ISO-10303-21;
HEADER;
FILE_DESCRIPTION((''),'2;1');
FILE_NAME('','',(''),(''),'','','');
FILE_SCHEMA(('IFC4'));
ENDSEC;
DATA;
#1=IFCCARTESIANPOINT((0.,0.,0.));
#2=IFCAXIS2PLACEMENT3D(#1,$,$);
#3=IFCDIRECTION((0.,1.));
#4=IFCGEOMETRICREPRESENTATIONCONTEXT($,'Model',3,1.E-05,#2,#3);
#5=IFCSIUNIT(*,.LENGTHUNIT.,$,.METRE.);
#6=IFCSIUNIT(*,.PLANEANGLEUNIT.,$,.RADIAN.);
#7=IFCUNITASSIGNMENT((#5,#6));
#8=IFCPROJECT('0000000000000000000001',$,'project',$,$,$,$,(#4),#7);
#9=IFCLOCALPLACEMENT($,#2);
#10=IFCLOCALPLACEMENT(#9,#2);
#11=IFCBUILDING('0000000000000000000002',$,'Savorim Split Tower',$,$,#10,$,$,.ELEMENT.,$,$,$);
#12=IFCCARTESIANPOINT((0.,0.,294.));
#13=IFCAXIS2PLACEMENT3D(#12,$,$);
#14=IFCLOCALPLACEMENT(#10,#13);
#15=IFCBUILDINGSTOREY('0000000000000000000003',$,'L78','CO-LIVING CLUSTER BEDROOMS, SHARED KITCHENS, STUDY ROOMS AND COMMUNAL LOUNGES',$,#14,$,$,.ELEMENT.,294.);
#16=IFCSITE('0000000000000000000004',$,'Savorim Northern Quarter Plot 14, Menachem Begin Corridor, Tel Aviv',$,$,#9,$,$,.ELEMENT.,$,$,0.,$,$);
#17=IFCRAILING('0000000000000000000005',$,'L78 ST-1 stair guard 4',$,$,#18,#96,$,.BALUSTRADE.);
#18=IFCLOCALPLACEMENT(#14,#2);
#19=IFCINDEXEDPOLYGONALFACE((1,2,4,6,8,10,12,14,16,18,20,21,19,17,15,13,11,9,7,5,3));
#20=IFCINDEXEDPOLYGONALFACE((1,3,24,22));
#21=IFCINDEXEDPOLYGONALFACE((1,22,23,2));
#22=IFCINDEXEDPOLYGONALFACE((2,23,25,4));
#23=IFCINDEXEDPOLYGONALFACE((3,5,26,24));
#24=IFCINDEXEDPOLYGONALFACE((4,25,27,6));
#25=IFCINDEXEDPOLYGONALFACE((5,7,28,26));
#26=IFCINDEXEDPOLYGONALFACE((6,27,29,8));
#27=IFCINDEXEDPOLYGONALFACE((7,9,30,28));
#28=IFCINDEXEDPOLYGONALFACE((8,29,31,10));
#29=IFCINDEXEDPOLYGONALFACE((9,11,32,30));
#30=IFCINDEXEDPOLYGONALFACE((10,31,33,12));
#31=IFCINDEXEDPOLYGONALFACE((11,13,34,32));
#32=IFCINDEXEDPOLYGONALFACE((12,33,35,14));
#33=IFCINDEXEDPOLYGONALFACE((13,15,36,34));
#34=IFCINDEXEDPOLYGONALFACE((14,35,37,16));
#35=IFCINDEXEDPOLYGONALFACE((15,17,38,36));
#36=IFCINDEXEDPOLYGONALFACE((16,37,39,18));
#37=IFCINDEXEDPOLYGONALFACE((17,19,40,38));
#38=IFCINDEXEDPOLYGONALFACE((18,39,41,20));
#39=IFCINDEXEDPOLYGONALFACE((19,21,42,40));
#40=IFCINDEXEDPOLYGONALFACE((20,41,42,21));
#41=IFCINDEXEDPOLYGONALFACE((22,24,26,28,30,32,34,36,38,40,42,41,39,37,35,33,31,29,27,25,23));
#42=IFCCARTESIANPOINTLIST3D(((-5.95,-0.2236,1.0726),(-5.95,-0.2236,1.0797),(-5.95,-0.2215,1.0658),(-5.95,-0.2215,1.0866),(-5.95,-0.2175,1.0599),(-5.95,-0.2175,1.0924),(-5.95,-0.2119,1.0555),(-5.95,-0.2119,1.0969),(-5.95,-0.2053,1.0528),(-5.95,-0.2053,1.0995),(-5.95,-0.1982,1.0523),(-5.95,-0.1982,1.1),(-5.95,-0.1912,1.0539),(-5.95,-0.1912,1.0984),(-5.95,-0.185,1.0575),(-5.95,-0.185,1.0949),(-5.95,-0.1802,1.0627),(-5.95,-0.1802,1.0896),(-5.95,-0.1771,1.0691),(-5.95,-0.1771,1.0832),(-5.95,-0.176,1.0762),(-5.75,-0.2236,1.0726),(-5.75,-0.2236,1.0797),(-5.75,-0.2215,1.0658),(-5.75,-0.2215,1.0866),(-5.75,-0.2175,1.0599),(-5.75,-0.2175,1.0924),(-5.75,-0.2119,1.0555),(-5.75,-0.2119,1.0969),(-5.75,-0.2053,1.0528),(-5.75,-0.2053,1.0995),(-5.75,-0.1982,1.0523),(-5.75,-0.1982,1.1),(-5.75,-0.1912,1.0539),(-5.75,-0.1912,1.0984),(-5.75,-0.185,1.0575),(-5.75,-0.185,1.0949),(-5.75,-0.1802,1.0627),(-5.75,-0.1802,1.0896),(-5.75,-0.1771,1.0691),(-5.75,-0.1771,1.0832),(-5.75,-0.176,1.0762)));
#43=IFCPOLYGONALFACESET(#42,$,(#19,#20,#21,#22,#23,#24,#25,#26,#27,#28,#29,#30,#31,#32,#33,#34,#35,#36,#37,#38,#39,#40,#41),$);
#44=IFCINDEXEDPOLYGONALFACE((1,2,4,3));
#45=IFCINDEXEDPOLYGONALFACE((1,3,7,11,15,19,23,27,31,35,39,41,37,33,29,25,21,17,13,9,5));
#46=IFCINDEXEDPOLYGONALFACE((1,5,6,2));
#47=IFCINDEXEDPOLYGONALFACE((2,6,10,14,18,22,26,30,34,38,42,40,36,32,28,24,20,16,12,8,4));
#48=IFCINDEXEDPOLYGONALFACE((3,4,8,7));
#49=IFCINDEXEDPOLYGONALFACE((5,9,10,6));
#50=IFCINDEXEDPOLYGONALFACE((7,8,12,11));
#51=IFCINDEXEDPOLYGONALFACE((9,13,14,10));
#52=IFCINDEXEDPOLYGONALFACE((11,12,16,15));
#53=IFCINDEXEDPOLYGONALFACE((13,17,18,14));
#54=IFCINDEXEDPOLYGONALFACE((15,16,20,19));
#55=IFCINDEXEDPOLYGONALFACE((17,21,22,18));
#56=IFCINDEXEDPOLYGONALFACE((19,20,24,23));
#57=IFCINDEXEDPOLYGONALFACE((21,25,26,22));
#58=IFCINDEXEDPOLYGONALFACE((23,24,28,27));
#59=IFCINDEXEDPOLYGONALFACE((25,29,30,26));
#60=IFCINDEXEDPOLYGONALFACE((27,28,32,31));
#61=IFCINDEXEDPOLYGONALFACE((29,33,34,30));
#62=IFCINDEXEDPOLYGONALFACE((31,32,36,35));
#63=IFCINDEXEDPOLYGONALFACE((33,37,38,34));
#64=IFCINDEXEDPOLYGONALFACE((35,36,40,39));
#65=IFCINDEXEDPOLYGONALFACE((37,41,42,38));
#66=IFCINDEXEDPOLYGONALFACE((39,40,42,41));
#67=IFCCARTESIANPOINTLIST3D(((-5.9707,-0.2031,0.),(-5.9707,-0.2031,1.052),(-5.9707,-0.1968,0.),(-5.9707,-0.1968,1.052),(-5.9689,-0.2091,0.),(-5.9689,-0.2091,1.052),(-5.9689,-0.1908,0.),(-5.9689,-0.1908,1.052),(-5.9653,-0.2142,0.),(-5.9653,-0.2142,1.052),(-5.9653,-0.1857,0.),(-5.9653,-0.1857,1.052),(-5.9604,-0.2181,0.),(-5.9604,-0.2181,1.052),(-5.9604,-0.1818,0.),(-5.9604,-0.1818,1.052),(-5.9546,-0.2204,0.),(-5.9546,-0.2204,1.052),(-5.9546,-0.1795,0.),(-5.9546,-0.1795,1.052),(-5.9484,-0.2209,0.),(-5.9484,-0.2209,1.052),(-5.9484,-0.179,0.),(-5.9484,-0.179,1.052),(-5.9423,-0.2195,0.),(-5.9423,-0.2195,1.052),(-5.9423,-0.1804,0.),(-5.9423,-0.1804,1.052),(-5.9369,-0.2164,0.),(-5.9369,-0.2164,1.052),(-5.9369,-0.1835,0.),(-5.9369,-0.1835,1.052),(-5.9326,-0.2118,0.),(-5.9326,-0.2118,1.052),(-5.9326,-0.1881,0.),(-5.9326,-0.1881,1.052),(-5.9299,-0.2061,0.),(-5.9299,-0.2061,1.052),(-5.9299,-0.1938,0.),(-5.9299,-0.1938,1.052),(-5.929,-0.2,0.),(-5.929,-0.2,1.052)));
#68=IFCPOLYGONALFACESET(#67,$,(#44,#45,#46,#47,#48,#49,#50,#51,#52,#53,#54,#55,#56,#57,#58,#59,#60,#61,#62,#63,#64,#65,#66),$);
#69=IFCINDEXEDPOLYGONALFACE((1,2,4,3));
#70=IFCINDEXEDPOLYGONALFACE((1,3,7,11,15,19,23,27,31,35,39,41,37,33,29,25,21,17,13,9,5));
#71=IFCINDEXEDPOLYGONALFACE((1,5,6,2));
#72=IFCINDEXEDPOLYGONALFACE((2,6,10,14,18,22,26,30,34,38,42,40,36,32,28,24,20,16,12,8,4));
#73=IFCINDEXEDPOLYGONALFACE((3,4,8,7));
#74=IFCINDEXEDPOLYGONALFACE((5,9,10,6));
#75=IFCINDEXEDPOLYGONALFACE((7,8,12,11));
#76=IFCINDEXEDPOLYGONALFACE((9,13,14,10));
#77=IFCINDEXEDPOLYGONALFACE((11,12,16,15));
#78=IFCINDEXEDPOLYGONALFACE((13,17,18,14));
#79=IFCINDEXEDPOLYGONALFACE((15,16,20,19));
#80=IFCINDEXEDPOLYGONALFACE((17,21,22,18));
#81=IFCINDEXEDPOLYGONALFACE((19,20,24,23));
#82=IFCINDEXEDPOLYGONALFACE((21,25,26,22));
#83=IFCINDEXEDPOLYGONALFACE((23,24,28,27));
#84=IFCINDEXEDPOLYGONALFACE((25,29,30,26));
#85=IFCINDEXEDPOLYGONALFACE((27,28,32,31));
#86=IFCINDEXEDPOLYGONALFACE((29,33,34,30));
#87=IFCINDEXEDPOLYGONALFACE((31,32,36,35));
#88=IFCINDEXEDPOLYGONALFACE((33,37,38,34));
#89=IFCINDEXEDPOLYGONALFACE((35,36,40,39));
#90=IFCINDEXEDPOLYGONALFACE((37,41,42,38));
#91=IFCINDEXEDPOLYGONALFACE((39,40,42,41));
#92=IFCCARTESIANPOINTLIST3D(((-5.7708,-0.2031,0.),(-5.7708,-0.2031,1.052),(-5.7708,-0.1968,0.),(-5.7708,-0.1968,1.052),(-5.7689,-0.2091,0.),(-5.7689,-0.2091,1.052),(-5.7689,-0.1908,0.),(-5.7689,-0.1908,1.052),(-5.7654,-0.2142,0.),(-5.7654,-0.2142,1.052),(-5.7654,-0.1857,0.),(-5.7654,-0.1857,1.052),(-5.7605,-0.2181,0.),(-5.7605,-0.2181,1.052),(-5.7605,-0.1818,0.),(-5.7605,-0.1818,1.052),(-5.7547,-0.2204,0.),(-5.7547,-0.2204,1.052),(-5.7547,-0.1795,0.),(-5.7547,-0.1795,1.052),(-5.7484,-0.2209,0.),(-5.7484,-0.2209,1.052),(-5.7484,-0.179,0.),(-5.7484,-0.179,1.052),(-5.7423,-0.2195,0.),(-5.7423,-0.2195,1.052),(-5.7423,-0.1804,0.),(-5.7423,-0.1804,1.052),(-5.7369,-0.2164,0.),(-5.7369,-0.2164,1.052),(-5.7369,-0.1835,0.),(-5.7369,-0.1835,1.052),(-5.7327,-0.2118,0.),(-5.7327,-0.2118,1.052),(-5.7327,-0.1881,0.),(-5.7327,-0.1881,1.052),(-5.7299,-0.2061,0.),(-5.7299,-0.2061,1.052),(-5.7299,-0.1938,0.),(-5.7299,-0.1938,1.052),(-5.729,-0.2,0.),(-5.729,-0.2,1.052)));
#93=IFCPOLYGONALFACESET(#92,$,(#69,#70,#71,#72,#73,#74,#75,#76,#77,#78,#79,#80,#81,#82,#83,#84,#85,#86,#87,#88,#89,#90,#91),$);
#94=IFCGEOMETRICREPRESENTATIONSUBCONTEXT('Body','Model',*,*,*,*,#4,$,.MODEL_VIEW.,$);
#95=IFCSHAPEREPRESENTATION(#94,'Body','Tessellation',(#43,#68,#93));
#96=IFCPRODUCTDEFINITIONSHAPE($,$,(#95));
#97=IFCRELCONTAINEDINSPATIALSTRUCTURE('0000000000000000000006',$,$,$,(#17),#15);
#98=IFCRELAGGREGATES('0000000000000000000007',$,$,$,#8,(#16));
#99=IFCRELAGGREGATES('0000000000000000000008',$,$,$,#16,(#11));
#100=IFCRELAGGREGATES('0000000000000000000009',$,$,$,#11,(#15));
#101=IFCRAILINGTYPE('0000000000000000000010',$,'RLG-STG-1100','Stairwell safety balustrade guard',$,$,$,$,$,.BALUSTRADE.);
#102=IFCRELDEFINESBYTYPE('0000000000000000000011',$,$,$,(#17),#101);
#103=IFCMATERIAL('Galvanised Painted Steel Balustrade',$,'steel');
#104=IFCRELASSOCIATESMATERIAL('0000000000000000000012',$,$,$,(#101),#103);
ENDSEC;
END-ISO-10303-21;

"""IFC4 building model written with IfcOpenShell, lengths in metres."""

from ifc_helpers import new_model, si_unit, direction, frame, origin, origin_2d, place, context, subcontext, project, spatial, circle, extrude, material, type_object, element, save


model = new_model("IFC4")

# Units and contexts
model_context = context("Model", 3, precision=1e-05, world=origin(), true_north=direction((0.0, 1.0)))
body_context = subcontext(model_context, "Body", "Model", "MODEL_VIEW")
ifc_project = project(units=[si_unit("LENGTHUNIT", "METRE"), si_unit("PLANEANGLEUNIT", "RADIAN")], contexts=[model_context])

# Site, building, storey
site_placement = place(None, origin())
site = spatial("IfcSite", under=ifc_project, at=site_placement, Name="Savorim Northern Quarter Plot 14, Menachem Begin Corridor, Tel Aviv", CompositionType="ELEMENT", RefElevation=0.0)
building_placement = place(site_placement, origin())
building = spatial("IfcBuilding", under=site, at=building_placement, Name="Savorim Split Tower", CompositionType="ELEMENT")
storey_placement = place(building_placement, frame((0.0, 0.0, 294.0)))
storey = spatial("IfcBuildingStorey", under=building, at=storey_placement, Name="L78", Description="CO-LIVING CLUSTER BEDROOMS, SHARED KITCHENS, STUDY ROOMS AND COMMUNAL LOUNGES", CompositionType="ELEMENT", Elevation=294.0)

# Railing
ifc_material_1 = material(Name="Galvanised Painted Steel Balustrade", Category="steel")
railing_type_1 = type_object("IfcRailingType", Name="RLG-STG-1100", Description="Stairwell safety balustrade guard", PredefinedType="BALUSTRADE", material=ifc_material_1)
railing_1_placement = place(storey_placement, frame((-5.95, -0.2, 0.0)))
element("IfcRailing", 1, at=railing_1_placement, inside=storey, type_object=railing_type_1, Name="L78 ST-1 stair guard 4", PredefinedType="BALUSTRADE", context=body_context, shape_type="SweptSolid", body=[
    extrude(circle(Radius=0.0239, at=origin_2d()), frame((0.0, 0.0, 1.0762), z_axis=(1.0, 0.0, 0.0), x_axis=(0.0, 1.0, 0.0)), (0.0, 0.0, 1.0), 0.2),
    extrude(circle(Radius=0.021, at=origin_2d()), origin(), (0.0, 0.0, 1.0), 1.052),
    extrude(circle(Radius=0.021, at=origin_2d()), frame((0.2, 0.0, 0.0)), (0.0, 0.0, 1.0), 1.052),
])

save(model, "model.ifc")
